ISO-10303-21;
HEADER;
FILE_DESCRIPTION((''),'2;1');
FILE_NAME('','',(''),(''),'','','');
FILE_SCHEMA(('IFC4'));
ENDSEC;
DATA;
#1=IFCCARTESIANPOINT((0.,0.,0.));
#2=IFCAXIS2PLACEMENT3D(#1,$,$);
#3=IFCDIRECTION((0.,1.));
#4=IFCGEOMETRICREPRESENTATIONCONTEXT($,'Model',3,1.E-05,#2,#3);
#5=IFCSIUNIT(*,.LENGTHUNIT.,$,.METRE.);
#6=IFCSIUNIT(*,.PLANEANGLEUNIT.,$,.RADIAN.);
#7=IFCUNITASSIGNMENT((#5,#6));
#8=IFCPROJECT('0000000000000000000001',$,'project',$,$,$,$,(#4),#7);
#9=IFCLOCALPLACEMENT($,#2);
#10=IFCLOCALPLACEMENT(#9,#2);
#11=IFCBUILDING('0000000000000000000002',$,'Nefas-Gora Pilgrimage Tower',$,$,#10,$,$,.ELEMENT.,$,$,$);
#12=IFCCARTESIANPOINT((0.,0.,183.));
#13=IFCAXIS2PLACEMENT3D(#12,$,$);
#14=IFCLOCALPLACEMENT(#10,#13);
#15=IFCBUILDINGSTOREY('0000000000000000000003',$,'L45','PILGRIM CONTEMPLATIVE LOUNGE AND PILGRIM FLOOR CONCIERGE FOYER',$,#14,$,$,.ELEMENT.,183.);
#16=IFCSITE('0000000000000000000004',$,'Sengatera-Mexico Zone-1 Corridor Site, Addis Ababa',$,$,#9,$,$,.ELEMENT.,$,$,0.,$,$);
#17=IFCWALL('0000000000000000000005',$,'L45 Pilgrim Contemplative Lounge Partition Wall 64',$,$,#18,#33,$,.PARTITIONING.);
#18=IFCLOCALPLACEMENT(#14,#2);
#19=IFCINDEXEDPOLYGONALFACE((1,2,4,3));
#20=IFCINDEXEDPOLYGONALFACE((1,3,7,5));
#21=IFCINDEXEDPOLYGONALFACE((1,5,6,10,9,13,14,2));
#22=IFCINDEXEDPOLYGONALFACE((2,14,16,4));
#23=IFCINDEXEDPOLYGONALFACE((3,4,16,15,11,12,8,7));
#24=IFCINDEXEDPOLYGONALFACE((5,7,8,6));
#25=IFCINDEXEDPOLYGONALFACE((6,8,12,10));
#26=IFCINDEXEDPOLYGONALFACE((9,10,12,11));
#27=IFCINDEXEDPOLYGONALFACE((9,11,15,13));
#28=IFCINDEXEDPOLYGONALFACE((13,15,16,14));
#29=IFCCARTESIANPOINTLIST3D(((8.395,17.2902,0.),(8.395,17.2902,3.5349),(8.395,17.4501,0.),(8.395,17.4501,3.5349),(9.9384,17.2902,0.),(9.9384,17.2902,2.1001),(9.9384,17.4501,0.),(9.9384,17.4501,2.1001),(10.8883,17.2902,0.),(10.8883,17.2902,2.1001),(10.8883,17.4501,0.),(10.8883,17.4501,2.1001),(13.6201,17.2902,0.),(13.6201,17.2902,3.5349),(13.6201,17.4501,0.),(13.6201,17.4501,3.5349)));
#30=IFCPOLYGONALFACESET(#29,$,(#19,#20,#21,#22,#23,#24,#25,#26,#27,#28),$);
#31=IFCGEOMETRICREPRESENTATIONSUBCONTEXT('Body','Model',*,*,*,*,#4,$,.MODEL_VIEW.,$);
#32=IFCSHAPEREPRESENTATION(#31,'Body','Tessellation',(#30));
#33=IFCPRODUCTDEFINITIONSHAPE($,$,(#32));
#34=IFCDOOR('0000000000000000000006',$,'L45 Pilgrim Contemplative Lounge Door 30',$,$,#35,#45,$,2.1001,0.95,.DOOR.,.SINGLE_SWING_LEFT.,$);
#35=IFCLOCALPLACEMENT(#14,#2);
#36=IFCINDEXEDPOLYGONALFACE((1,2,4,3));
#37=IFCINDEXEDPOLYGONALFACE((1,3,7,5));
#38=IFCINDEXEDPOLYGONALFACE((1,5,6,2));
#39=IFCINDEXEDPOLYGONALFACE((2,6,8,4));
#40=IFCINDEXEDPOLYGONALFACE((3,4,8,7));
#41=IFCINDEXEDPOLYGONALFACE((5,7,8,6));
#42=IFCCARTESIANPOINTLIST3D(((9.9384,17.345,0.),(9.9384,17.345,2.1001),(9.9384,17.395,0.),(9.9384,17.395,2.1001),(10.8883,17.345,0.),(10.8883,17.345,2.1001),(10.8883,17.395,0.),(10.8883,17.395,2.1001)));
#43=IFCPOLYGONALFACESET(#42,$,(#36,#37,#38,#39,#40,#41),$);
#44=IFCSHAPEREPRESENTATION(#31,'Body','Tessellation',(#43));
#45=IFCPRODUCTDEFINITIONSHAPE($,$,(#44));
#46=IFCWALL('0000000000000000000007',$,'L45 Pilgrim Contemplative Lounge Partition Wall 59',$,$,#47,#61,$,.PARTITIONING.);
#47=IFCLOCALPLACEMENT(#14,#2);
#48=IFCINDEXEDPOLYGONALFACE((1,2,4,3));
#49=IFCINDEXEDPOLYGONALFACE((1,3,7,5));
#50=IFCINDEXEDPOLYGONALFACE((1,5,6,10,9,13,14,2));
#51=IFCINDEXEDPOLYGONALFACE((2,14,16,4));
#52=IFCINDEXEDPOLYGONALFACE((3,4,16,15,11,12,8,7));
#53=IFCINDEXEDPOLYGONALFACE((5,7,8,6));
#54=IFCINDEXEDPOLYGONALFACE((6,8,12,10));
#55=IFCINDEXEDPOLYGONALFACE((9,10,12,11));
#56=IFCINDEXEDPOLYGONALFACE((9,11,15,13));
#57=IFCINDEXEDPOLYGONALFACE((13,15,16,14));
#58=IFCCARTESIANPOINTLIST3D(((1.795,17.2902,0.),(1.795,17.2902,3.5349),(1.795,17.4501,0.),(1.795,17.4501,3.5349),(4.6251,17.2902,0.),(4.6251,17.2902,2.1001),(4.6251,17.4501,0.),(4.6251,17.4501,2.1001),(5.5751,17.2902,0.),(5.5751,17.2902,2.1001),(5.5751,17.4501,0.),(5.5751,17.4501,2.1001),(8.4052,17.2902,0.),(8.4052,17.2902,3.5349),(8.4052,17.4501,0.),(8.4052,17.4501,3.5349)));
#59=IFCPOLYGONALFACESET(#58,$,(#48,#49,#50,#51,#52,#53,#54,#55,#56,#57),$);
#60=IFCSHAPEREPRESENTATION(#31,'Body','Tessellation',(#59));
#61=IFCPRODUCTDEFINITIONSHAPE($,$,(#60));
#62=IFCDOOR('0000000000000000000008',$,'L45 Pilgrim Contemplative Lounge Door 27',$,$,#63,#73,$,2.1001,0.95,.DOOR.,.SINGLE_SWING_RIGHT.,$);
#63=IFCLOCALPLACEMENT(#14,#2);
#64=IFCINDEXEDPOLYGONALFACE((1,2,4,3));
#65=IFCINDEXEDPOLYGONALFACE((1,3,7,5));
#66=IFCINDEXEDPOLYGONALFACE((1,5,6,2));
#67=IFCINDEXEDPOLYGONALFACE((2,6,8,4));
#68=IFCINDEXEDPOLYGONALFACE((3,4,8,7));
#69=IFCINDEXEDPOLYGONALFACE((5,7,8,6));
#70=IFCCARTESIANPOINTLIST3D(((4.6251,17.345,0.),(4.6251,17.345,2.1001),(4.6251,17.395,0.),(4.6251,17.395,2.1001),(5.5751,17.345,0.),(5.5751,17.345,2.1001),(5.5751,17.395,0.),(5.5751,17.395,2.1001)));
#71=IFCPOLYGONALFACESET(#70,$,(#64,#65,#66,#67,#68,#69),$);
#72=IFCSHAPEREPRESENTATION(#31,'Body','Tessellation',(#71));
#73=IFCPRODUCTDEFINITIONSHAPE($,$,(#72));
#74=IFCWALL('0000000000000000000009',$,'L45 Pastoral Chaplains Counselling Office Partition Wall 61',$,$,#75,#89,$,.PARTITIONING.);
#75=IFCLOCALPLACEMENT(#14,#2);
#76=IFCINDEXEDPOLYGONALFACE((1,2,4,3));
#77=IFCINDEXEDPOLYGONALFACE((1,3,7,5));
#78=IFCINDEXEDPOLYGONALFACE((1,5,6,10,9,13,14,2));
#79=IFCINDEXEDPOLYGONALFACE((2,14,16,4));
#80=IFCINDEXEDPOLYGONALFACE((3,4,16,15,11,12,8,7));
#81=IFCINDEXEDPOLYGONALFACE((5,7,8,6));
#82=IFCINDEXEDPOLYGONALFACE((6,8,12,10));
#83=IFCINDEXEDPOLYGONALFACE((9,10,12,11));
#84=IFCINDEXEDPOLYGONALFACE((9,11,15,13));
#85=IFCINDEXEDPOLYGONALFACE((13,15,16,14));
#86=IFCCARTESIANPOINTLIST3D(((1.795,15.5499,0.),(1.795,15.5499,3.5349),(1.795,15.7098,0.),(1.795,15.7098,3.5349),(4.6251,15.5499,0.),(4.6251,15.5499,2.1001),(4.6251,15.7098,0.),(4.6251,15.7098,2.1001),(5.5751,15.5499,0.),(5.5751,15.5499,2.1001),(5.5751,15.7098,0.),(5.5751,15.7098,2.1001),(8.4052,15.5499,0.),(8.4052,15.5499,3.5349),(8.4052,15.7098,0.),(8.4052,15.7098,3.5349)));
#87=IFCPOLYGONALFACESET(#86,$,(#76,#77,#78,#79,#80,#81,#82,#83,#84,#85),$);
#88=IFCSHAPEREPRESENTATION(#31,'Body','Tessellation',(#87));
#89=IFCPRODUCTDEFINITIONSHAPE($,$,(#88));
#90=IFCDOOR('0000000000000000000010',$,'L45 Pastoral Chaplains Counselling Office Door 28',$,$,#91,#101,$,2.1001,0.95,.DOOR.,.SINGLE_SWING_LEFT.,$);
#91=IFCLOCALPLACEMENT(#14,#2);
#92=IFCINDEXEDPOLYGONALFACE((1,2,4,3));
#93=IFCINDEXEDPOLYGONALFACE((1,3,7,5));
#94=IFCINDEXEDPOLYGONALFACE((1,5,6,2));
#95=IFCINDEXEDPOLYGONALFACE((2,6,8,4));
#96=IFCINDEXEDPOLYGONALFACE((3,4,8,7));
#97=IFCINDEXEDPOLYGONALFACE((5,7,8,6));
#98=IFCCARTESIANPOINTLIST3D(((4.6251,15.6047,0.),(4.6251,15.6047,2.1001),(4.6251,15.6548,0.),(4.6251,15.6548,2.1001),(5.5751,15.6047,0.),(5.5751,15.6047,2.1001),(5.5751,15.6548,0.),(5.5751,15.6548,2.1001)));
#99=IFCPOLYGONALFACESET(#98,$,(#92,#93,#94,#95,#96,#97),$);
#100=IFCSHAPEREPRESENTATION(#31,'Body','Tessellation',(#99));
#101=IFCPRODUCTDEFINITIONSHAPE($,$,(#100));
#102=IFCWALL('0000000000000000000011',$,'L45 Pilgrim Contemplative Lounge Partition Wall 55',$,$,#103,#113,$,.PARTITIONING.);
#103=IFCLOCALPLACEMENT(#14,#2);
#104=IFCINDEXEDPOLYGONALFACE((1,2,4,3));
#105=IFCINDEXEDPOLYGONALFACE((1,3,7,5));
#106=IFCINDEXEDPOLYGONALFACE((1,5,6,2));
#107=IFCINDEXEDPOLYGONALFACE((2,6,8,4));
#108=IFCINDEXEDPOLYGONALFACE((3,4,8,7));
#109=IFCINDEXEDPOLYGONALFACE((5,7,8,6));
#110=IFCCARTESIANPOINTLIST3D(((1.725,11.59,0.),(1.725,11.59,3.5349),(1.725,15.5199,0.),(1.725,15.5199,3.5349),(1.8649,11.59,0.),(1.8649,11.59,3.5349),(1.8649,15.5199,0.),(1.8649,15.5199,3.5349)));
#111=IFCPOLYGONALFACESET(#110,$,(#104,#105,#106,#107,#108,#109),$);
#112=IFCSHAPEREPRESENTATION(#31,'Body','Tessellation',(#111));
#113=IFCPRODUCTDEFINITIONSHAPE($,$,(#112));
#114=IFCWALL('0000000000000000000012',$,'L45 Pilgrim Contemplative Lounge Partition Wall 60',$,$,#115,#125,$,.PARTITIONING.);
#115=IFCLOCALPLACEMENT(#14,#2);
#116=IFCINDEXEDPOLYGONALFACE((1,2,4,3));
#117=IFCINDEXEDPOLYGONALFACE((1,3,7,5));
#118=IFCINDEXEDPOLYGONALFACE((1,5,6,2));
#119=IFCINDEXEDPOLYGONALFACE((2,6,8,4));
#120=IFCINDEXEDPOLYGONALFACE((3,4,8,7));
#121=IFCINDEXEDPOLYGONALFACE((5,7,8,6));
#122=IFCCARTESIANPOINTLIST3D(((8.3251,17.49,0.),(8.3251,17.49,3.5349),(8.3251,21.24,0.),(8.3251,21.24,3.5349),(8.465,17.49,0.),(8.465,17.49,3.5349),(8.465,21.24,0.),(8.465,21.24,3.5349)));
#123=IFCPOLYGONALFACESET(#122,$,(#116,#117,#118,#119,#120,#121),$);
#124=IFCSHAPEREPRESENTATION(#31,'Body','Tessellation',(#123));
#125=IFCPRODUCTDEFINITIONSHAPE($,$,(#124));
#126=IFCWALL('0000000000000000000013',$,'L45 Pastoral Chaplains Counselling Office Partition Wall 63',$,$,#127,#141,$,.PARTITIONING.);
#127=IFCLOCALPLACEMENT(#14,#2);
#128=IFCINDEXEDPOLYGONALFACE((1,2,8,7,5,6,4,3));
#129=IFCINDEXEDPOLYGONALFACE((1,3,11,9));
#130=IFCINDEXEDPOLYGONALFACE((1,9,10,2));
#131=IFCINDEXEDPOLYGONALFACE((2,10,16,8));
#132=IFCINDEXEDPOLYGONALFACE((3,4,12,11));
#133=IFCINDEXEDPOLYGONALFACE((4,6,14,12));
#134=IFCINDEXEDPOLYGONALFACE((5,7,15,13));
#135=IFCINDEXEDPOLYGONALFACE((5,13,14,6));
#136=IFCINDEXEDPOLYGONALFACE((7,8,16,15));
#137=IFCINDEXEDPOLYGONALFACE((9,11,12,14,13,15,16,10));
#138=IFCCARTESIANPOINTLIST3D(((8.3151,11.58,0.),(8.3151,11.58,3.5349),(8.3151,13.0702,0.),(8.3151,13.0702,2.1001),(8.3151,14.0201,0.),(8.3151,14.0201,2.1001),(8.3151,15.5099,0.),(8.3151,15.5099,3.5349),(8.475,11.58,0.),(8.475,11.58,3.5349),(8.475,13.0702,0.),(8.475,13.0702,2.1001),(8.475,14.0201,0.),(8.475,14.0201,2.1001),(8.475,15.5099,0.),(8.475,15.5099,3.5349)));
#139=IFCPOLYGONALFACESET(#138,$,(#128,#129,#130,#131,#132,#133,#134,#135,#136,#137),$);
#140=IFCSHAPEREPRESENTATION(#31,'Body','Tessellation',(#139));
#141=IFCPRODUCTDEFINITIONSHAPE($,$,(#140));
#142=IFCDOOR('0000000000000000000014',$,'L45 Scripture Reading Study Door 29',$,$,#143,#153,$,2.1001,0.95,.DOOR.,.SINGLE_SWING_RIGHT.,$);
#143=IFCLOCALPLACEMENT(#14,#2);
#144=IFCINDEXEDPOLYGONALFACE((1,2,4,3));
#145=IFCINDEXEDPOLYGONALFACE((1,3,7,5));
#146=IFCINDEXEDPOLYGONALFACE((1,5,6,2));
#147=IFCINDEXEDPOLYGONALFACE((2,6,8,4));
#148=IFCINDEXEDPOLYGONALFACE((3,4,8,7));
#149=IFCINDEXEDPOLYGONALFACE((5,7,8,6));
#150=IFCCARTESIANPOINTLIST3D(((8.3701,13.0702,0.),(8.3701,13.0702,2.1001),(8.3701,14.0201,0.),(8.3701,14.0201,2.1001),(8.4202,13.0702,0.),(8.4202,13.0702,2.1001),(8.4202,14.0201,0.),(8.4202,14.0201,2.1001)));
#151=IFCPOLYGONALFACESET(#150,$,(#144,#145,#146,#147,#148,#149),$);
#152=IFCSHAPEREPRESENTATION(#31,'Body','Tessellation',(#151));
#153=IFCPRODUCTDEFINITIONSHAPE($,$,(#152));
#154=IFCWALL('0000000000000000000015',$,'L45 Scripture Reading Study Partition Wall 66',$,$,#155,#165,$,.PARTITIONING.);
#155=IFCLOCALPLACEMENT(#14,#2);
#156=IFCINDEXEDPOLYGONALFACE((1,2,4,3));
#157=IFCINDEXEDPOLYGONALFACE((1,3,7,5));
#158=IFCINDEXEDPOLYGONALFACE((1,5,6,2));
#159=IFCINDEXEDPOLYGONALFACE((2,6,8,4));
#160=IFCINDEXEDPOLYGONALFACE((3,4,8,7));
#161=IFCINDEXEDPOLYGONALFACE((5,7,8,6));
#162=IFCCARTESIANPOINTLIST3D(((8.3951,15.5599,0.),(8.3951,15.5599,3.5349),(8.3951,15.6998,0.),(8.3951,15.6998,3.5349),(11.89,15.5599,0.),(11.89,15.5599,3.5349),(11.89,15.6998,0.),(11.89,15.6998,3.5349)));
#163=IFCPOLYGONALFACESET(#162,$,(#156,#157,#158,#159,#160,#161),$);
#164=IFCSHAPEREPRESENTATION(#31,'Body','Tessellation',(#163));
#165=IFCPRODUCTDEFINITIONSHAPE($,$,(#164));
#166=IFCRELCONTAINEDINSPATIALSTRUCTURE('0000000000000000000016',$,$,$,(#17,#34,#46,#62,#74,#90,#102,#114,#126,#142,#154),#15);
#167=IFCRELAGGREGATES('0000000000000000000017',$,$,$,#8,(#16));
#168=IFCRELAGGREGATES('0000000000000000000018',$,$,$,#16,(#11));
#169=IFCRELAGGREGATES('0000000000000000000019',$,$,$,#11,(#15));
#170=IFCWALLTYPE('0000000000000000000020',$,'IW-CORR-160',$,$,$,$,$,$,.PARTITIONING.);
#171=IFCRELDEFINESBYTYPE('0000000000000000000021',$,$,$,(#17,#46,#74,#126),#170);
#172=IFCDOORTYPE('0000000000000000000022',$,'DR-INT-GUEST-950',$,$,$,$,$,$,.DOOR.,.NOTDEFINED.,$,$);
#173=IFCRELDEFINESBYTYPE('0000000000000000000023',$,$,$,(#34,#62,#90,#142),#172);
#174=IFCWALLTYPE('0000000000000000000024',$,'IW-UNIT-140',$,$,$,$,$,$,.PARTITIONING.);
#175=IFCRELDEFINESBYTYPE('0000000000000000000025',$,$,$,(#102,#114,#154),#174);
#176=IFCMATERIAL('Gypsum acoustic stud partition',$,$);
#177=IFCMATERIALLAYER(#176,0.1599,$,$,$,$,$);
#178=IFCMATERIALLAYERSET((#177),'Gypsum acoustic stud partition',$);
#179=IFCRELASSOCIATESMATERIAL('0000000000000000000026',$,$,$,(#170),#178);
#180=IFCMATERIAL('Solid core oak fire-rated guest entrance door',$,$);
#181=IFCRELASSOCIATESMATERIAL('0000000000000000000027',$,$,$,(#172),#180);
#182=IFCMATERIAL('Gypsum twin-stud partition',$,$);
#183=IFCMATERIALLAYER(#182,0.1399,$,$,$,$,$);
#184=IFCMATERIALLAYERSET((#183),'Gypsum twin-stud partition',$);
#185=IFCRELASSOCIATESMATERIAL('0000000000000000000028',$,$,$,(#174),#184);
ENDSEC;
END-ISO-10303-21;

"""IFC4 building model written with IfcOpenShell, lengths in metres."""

from ifc_helpers import new_model, si_unit, direction, frame, frame_2d, origin, place, context, subcontext, project, spatial, rectangle, extrude, source, transform, mapped, material, layer, layer_set, type_object, element, fill, save


model = new_model("IFC4")

# Units and contexts
model_context = context("Model", 3, precision=1e-05, world=origin(), true_north=direction((0.0, 1.0)))
body_context = subcontext(model_context, "Body", "Model", "MODEL_VIEW")
ifc_project = project(units=[si_unit("LENGTHUNIT", "METRE"), si_unit("PLANEANGLEUNIT", "RADIAN")], contexts=[model_context])

# Site, building, storey
site_placement = place(None, origin())
site = spatial("IfcSite", under=ifc_project, at=site_placement, Name="Sengatera-Mexico Zone-1 Corridor Site, Addis Ababa", CompositionType="ELEMENT", RefElevation=0.0)
building_placement = place(site_placement, origin())
building = spatial("IfcBuilding", under=site, at=building_placement, Name="Nefas-Gora Pilgrimage Tower", CompositionType="ELEMENT")
storey_placement = place(building_placement, frame((0.0, 0.0, 183.0)))
storey = spatial("IfcBuildingStorey", under=building, at=storey_placement, Name="L45", Description="PILGRIM CONTEMPLATIVE LOUNGE AND PILGRIM FLOOR CONCIERGE FOYER", CompositionType="ELEMENT", Elevation=183.0)

# Walls, openings, doors
ifc_material_1 = material(Name="Gypsum acoustic stud partition")
ifc_layer_1 = layer(ifc_material_1, 0.1599)
ifc_layer_set_1 = layer_set([ifc_layer_1], Name="Gypsum acoustic stud partition")
wall_type_1 = type_object("IfcWallType", Name="IW-CORR-160", PredefinedType="PARTITIONING", material=ifc_layer_set_1)
shared_shape_1 = source(origin(), body_context, "Body", "SweptSolid", [
    extrude(rectangle(XDim=5.2251, YDim=0.1599, at=frame_2d((2.6125, 0.0))), origin(), (0.0, 0.0, 1.0), 3.5349),
])
wall_1_placement = place(storey_placement, frame((8.395, 17.3701, 0.0), z_axis=(0.0, 0.0, 1.0), x_axis=(1.0, 0.0, 0.0)))
wall_1 = element("IfcWall", 1, at=wall_1_placement, inside=storey, type_object=wall_type_1, Name="L45 Pilgrim Contemplative Lounge Partition Wall 64", PredefinedType="PARTITIONING", context=body_context, shape_type="MappedRepresentation", body=[
    mapped(shared_shape_1, transform((0.0, 0.0, 0.0), x_axis=(1.0, 0.0, 0.0), y_axis=(0.0, 1.0, 0.0), z_axis=(0.0, 0.0, 1.0), scale=1.0)),
])
opening_1_placement = place(wall_1_placement, frame((1.5432, 0.0, 0.0)))
opening_1 = element("IfcOpeningElement", 2, at=opening_1_placement, cuts=wall_1, PredefinedType="OPENING", context=body_context, shape_type="SweptSolid", body=[
    extrude(rectangle(XDim=0.95, YDim=2.1001, at=frame_2d((0.4751, 1.05))), frame((0.0, 0.0898, 0.0), z_axis=(0.0, -1.0, 0.0), x_axis=(1.0, 0.0, 0.0)), (0.0, 0.0, 1.0), 0.1799),
])
ifc_material_2 = material(Name="Solid core oak fire-rated guest entrance door")
door_type = type_object("IfcDoorType", Name="DR-INT-GUEST-950", OperationType="NOTDEFINED", PredefinedType="DOOR", material=ifc_material_2)
shared_shape_2 = source(origin(), body_context, "Body", "SweptSolid", [
    extrude(rectangle(XDim=0.95, YDim=2.1001, at=frame_2d((0.4751, 1.05))), frame((0.0, 0.0249, 0.0), z_axis=(0.0, -1.0, 0.0), x_axis=(1.0, 0.0, 0.0)), (0.0, 0.0, 1.0), 0.05),
])
door_1_placement = place(opening_1_placement, origin())
door_1 = element("IfcDoor", 3, at=door_1_placement, inside=storey, type_object=door_type, Name="L45 Pilgrim Contemplative Lounge Door 30", OperationType="SINGLE_SWING_LEFT", OverallHeight=2.1001, OverallWidth=0.95, PredefinedType="DOOR", context=body_context, shape_type="MappedRepresentation", body=[
    mapped(shared_shape_2, transform((0.0, 0.0, 0.0), x_axis=(1.0, 0.0, 0.0), y_axis=(0.0, 1.0, 0.0), z_axis=(0.0, 0.0, 1.0), scale=1.0)),
])
fill(opening_1, door_1)
shared_shape_3 = source(origin(), body_context, "Body", "SweptSolid", [
    extrude(rectangle(XDim=6.6101, YDim=0.1599, at=frame_2d((3.3052, 0.0))), origin(), (0.0, 0.0, 1.0), 3.5349),
])
wall_2_placement = place(storey_placement, frame((1.7949, 17.3701, 0.0), z_axis=(0.0, 0.0, 1.0), x_axis=(1.0, 0.0, 0.0)))
wall_2 = element("IfcWall", 4, at=wall_2_placement, inside=storey, type_object=wall_type_1, Name="L45 Pilgrim Contemplative Lounge Partition Wall 59", PredefinedType="PARTITIONING", context=body_context, shape_type="MappedRepresentation", body=[
    mapped(shared_shape_3, transform((0.0, 0.0, 0.0), x_axis=(1.0, 0.0, 0.0), y_axis=(0.0, 1.0, 0.0), z_axis=(0.0, 0.0, 1.0), scale=1.0)),
])
opening_2_placement = place(wall_2_placement, frame((2.8301, 0.0, 0.0)))
opening_2 = element("IfcOpeningElement", 5, at=opening_2_placement, cuts=wall_2, PredefinedType="OPENING", context=body_context, shape_type="SweptSolid", body=[
    extrude(rectangle(XDim=0.95, YDim=2.1001, at=frame_2d((0.4751, 1.05))), frame((0.0, 0.0898, 0.0), z_axis=(0.0, -1.0, 0.0), x_axis=(1.0, 0.0, 0.0)), (0.0, 0.0, 1.0), 0.1799),
])
door_2_placement = place(opening_2_placement, origin())
door_2 = element("IfcDoor", 6, at=door_2_placement, inside=storey, type_object=door_type, Name="L45 Pilgrim Contemplative Lounge Door 27", OperationType="SINGLE_SWING_RIGHT", OverallHeight=2.1001, OverallWidth=0.95, PredefinedType="DOOR", context=body_context, shape_type="MappedRepresentation", body=[
    mapped(shared_shape_2, transform((0.0, 0.0, 0.0), x_axis=(1.0, 0.0, 0.0), y_axis=(0.0, 1.0, 0.0), z_axis=(0.0, 0.0, 1.0), scale=1.0)),
])
fill(opening_2, door_2)
wall_3_placement = place(storey_placement, frame((1.7949, 15.6299, 0.0), z_axis=(0.0, 0.0, 1.0), x_axis=(1.0, 0.0, 0.0)))
wall_3 = element("IfcWall", 7, at=wall_3_placement, inside=storey, type_object=wall_type_1, Name="L45 Pastoral Chaplains Counselling Office Partition Wall 61", PredefinedType="PARTITIONING", context=body_context, shape_type="MappedRepresentation", body=[
    mapped(shared_shape_3, transform((0.0, 0.0, 0.0), x_axis=(1.0, 0.0, 0.0), y_axis=(0.0, 1.0, 0.0), z_axis=(0.0, 0.0, 1.0), scale=1.0)),
])
opening_3_placement = place(wall_3_placement, frame((2.8301, 0.0, 0.0)))
opening_3 = element("IfcOpeningElement", 8, at=opening_3_placement, cuts=wall_3, PredefinedType="OPENING", context=body_context, shape_type="SweptSolid", body=[
    extrude(rectangle(XDim=0.95, YDim=2.1001, at=frame_2d((0.4751, 1.05))), frame((0.0, 0.0898, 0.0), z_axis=(0.0, -1.0, 0.0), x_axis=(1.0, 0.0, 0.0)), (0.0, 0.0, 1.0), 0.1799),
])
door_3_placement = place(opening_3_placement, origin())
door_3 = element("IfcDoor", 9, at=door_3_placement, inside=storey, type_object=door_type, Name="L45 Pastoral Chaplains Counselling Office Door 28", OperationType="SINGLE_SWING_LEFT", OverallHeight=2.1001, OverallWidth=0.95, PredefinedType="DOOR", context=body_context, shape_type="MappedRepresentation", body=[
    mapped(shared_shape_2, transform((0.0, 0.0, 0.0), x_axis=(1.0, 0.0, 0.0), y_axis=(0.0, 1.0, 0.0), z_axis=(0.0, 0.0, 1.0), scale=1.0)),
])
fill(opening_3, door_3)

# Walls
ifc_material_3 = material(Name="Gypsum twin-stud partition")
ifc_layer_2 = layer(ifc_material_3, 0.1399)
ifc_layer_set_2 = layer_set([ifc_layer_2], Name="Gypsum twin-stud partition")
wall_type_2 = type_object("IfcWallType", Name="IW-UNIT-140", PredefinedType="PARTITIONING", material=ifc_layer_set_2)
shared_shape_4 = source(origin(), body_context, "Body", "SweptSolid", [
    extrude(rectangle(XDim=3.9299, YDim=0.1399, at=frame_2d((1.9648, 0.0))), origin(), (0.0, 0.0, 1.0), 3.5349),
])
wall_4_placement = place(storey_placement, frame((1.7949, 11.5901, 0.0), z_axis=(0.0, 0.0, 1.0), x_axis=(0.0, 1.0, 0.0)))
element("IfcWall", 10, at=wall_4_placement, inside=storey, type_object=wall_type_2, Name="L45 Pilgrim Contemplative Lounge Partition Wall 55", PredefinedType="PARTITIONING", context=body_context, shape_type="MappedRepresentation", body=[
    mapped(shared_shape_4, transform((0.0, 0.0, 0.0), x_axis=(1.0, 0.0, 0.0), y_axis=(0.0, 1.0, 0.0), z_axis=(0.0, 0.0, 1.0), scale=1.0)),
])
shared_shape_5 = source(origin(), body_context, "Body", "SweptSolid", [
    extrude(rectangle(XDim=3.75, YDim=0.1399, at=frame_2d((1.875, 0.0))), origin(), (0.0, 0.0, 1.0), 3.5349),
])
wall_5_placement = place(storey_placement, frame((8.395, 17.49, 0.0), z_axis=(0.0, 0.0, 1.0), x_axis=(0.0, 1.0, 0.0)))
element("IfcWall", 11, at=wall_5_placement, inside=storey, type_object=wall_type_2, Name="L45 Pilgrim Contemplative Lounge Partition Wall 60", PredefinedType="PARTITIONING", context=body_context, shape_type="MappedRepresentation", body=[
    mapped(shared_shape_5, transform((0.0, 0.0, 0.0), x_axis=(1.0, 0.0, 0.0), y_axis=(0.0, 1.0, 0.0), z_axis=(0.0, 0.0, 1.0), scale=1.0)),
])

# Wall, opening, door
shared_shape_6 = source(origin(), body_context, "Body", "SweptSolid", [
    extrude(rectangle(XDim=3.9299, YDim=0.1599, at=frame_2d((1.9648, 0.0))), origin(), (0.0, 0.0, 1.0), 3.5349),
])
wall_6_placement = place(storey_placement, frame((8.395, 11.5801, 0.0), z_axis=(0.0, 0.0, 1.0), x_axis=(0.0, 1.0, 0.0)))
wall_6 = element("IfcWall", 12, at=wall_6_placement, inside=storey, type_object=wall_type_1, Name="L45 Pastoral Chaplains Counselling Office Partition Wall 63", PredefinedType="PARTITIONING", context=body_context, shape_type="MappedRepresentation", body=[
    mapped(shared_shape_6, transform((0.0, 0.0, 0.0), x_axis=(1.0, 0.0, 0.0), y_axis=(0.0, 1.0, 0.0), z_axis=(0.0, 0.0, 1.0), scale=1.0)),
])
opening_4_placement = place(wall_6_placement, frame((1.49, 0.0, 0.0)))
opening_4 = element("IfcOpeningElement", 13, at=opening_4_placement, cuts=wall_6, PredefinedType="OPENING", context=body_context, shape_type="SweptSolid", body=[
    extrude(rectangle(XDim=0.95, YDim=2.1001, at=frame_2d((0.4751, 1.05))), frame((0.0, 0.0898, 0.0), z_axis=(0.0, -1.0, 0.0), x_axis=(1.0, 0.0, 0.0)), (0.0, 0.0, 1.0), 0.1799),
])
door_4_placement = place(opening_4_placement, origin())
door_4 = element("IfcDoor", 14, at=door_4_placement, inside=storey, type_object=door_type, Name="L45 Scripture Reading Study Door 29", OperationType="SINGLE_SWING_RIGHT", OverallHeight=2.1001, OverallWidth=0.95, PredefinedType="DOOR", context=body_context, shape_type="MappedRepresentation", body=[
    mapped(shared_shape_2, transform((0.0, 0.0, 0.0), x_axis=(1.0, 0.0, 0.0), y_axis=(0.0, 1.0, 0.0), z_axis=(0.0, 0.0, 1.0), scale=1.0)),
])
fill(opening_4, door_4)

# Wall
shared_shape_7 = source(origin(), body_context, "Body", "SweptSolid", [
    extrude(rectangle(XDim=3.4949, YDim=0.1399, at=frame_2d((1.7476, 0.0))), origin(), (0.0, 0.0, 1.0), 3.5349),
])
wall_7_placement = place(storey_placement, frame((8.395, 15.6299, 0.0), z_axis=(0.0, 0.0, 1.0), x_axis=(1.0, 0.0, 0.0)))
element("IfcWall", 15, at=wall_7_placement, inside=storey, type_object=wall_type_2, Name="L45 Scripture Reading Study Partition Wall 66", PredefinedType="PARTITIONING", context=body_context, shape_type="MappedRepresentation", body=[
    mapped(shared_shape_7, transform((0.0, 0.0, 0.0), x_axis=(1.0, 0.0, 0.0), y_axis=(0.0, 1.0, 0.0), z_axis=(0.0, 0.0, 1.0), scale=1.0)),
])

save(model, "model.ifc")
